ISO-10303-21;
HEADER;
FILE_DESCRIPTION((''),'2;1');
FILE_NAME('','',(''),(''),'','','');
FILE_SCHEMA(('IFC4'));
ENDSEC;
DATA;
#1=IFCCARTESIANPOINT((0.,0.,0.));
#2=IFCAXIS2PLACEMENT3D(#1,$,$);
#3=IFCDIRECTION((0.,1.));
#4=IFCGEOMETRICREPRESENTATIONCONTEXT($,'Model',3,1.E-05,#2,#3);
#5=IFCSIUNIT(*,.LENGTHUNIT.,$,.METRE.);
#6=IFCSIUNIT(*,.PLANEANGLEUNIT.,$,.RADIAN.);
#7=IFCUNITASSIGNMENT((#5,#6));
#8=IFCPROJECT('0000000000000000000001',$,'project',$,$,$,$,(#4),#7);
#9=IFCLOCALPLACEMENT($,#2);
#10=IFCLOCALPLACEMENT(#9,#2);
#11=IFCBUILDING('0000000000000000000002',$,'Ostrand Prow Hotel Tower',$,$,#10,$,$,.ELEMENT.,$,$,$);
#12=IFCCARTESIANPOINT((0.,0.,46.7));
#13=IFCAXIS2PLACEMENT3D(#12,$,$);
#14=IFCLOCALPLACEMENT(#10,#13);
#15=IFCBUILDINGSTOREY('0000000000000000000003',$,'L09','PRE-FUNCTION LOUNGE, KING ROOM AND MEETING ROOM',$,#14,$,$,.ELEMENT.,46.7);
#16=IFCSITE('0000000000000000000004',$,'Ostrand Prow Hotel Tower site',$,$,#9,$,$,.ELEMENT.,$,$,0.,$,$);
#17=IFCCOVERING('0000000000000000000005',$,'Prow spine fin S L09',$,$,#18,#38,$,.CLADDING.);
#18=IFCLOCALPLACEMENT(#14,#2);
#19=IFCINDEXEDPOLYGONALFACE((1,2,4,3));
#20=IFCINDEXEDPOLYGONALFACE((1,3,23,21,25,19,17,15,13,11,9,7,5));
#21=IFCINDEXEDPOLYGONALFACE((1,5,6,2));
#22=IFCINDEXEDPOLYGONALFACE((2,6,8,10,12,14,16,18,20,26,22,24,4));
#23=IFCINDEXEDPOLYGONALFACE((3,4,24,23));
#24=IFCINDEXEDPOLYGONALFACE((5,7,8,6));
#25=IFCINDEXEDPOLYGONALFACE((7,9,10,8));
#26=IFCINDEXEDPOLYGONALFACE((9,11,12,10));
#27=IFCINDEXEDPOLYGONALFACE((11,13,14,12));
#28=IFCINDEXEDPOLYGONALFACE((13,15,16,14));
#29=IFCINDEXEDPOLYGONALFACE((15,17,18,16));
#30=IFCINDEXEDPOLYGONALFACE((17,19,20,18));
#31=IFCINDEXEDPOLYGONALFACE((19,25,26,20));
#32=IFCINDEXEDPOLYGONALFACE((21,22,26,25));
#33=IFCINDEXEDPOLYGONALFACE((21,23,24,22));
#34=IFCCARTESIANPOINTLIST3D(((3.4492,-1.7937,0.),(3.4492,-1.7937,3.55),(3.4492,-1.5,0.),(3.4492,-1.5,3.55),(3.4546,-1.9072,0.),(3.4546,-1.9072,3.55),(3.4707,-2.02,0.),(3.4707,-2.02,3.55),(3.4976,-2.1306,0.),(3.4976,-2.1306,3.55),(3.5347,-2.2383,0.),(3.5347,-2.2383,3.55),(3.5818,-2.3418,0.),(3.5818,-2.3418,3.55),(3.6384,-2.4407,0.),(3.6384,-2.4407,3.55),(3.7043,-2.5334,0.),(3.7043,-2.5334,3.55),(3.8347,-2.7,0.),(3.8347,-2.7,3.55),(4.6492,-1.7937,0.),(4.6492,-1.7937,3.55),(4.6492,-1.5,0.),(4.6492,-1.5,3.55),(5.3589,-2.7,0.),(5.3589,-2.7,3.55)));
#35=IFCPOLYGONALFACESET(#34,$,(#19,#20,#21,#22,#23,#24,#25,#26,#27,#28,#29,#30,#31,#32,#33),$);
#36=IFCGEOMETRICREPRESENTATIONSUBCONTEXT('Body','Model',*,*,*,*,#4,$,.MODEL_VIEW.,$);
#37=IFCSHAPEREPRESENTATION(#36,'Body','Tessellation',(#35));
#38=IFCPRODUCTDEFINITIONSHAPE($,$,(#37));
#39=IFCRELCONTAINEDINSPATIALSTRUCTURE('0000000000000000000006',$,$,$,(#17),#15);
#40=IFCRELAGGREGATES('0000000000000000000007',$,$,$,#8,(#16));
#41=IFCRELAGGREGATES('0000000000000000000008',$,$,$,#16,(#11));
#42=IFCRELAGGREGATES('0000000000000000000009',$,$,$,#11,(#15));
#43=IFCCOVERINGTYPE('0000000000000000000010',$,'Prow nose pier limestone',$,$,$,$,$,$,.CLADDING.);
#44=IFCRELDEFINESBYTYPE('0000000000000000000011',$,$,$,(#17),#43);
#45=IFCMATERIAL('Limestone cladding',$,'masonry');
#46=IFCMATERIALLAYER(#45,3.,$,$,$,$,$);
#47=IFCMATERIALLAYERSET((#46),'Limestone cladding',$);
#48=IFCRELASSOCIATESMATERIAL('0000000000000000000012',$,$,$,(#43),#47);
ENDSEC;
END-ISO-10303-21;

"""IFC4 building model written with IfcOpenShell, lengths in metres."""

from ifc_helpers import new_model, si_unit, direction, frame, origin, place, context, subcontext, project, spatial, polyline, outline, extrude, material, layer, layer_set, type_object, element, save


model = new_model("IFC4")

# Units and contexts
model_context = context("Model", 3, precision=1e-05, world=origin(), true_north=direction((0.0, 1.0)))
body_context = subcontext(model_context, "Body", "Model", "MODEL_VIEW")
ifc_project = project(units=[si_unit("LENGTHUNIT", "METRE"), si_unit("PLANEANGLEUNIT", "RADIAN")], contexts=[model_context])

# Site, building, storey
site_placement = place(None, origin())
site = spatial("IfcSite", under=ifc_project, at=site_placement, Name="Ostrand Prow Hotel Tower site", CompositionType="ELEMENT", RefElevation=0.0)
building_placement = place(site_placement, origin())
building = spatial("IfcBuilding", under=site, at=building_placement, Name="Ostrand Prow Hotel Tower", CompositionType="ELEMENT")
storey_placement = place(building_placement, frame((0.0, 0.0, 46.7)))
storey = spatial("IfcBuildingStorey", under=building, at=storey_placement, Name="L09", Description="PRE-FUNCTION LOUNGE, KING ROOM AND MEETING ROOM", CompositionType="ELEMENT", Elevation=46.7)

# Covering
ifc_material_1 = material(Name="Limestone cladding", Category="masonry")
ifc_layer_1 = layer(ifc_material_1, 3.0)
ifc_layer_set_1 = layer_set([ifc_layer_1], Name="Limestone cladding")
covering_type_1 = type_object("IfcCoveringType", Name="Prow nose pier limestone", PredefinedType="CLADDING", material=ifc_layer_set_1)
covering_1_placement = place(storey_placement, origin())
element("IfcCovering", 1, at=covering_1_placement, inside=storey, type_object=covering_type_1, Name="Prow spine fin S L09", PredefinedType="CLADDING", context=body_context, shape_type="SweptSolid", body=[
    extrude(outline(polyline([(3.7043, -2.5334), (3.8347, -2.7), (5.3589, -2.7), (4.6492, -1.7937), (4.6492, -1.5), (3.4492, -1.5), (3.4492, -1.7937), (3.4546, -1.9072), (3.4707, -2.02), (3.4976, -2.1306), (3.5347, -2.2383), (3.5818, -2.3418), (3.6384, -2.4407), (3.7043, -2.5334)])), origin(), (0.0, 0.0, 1.0), 3.55),
])

save(model, "model.ifc")
